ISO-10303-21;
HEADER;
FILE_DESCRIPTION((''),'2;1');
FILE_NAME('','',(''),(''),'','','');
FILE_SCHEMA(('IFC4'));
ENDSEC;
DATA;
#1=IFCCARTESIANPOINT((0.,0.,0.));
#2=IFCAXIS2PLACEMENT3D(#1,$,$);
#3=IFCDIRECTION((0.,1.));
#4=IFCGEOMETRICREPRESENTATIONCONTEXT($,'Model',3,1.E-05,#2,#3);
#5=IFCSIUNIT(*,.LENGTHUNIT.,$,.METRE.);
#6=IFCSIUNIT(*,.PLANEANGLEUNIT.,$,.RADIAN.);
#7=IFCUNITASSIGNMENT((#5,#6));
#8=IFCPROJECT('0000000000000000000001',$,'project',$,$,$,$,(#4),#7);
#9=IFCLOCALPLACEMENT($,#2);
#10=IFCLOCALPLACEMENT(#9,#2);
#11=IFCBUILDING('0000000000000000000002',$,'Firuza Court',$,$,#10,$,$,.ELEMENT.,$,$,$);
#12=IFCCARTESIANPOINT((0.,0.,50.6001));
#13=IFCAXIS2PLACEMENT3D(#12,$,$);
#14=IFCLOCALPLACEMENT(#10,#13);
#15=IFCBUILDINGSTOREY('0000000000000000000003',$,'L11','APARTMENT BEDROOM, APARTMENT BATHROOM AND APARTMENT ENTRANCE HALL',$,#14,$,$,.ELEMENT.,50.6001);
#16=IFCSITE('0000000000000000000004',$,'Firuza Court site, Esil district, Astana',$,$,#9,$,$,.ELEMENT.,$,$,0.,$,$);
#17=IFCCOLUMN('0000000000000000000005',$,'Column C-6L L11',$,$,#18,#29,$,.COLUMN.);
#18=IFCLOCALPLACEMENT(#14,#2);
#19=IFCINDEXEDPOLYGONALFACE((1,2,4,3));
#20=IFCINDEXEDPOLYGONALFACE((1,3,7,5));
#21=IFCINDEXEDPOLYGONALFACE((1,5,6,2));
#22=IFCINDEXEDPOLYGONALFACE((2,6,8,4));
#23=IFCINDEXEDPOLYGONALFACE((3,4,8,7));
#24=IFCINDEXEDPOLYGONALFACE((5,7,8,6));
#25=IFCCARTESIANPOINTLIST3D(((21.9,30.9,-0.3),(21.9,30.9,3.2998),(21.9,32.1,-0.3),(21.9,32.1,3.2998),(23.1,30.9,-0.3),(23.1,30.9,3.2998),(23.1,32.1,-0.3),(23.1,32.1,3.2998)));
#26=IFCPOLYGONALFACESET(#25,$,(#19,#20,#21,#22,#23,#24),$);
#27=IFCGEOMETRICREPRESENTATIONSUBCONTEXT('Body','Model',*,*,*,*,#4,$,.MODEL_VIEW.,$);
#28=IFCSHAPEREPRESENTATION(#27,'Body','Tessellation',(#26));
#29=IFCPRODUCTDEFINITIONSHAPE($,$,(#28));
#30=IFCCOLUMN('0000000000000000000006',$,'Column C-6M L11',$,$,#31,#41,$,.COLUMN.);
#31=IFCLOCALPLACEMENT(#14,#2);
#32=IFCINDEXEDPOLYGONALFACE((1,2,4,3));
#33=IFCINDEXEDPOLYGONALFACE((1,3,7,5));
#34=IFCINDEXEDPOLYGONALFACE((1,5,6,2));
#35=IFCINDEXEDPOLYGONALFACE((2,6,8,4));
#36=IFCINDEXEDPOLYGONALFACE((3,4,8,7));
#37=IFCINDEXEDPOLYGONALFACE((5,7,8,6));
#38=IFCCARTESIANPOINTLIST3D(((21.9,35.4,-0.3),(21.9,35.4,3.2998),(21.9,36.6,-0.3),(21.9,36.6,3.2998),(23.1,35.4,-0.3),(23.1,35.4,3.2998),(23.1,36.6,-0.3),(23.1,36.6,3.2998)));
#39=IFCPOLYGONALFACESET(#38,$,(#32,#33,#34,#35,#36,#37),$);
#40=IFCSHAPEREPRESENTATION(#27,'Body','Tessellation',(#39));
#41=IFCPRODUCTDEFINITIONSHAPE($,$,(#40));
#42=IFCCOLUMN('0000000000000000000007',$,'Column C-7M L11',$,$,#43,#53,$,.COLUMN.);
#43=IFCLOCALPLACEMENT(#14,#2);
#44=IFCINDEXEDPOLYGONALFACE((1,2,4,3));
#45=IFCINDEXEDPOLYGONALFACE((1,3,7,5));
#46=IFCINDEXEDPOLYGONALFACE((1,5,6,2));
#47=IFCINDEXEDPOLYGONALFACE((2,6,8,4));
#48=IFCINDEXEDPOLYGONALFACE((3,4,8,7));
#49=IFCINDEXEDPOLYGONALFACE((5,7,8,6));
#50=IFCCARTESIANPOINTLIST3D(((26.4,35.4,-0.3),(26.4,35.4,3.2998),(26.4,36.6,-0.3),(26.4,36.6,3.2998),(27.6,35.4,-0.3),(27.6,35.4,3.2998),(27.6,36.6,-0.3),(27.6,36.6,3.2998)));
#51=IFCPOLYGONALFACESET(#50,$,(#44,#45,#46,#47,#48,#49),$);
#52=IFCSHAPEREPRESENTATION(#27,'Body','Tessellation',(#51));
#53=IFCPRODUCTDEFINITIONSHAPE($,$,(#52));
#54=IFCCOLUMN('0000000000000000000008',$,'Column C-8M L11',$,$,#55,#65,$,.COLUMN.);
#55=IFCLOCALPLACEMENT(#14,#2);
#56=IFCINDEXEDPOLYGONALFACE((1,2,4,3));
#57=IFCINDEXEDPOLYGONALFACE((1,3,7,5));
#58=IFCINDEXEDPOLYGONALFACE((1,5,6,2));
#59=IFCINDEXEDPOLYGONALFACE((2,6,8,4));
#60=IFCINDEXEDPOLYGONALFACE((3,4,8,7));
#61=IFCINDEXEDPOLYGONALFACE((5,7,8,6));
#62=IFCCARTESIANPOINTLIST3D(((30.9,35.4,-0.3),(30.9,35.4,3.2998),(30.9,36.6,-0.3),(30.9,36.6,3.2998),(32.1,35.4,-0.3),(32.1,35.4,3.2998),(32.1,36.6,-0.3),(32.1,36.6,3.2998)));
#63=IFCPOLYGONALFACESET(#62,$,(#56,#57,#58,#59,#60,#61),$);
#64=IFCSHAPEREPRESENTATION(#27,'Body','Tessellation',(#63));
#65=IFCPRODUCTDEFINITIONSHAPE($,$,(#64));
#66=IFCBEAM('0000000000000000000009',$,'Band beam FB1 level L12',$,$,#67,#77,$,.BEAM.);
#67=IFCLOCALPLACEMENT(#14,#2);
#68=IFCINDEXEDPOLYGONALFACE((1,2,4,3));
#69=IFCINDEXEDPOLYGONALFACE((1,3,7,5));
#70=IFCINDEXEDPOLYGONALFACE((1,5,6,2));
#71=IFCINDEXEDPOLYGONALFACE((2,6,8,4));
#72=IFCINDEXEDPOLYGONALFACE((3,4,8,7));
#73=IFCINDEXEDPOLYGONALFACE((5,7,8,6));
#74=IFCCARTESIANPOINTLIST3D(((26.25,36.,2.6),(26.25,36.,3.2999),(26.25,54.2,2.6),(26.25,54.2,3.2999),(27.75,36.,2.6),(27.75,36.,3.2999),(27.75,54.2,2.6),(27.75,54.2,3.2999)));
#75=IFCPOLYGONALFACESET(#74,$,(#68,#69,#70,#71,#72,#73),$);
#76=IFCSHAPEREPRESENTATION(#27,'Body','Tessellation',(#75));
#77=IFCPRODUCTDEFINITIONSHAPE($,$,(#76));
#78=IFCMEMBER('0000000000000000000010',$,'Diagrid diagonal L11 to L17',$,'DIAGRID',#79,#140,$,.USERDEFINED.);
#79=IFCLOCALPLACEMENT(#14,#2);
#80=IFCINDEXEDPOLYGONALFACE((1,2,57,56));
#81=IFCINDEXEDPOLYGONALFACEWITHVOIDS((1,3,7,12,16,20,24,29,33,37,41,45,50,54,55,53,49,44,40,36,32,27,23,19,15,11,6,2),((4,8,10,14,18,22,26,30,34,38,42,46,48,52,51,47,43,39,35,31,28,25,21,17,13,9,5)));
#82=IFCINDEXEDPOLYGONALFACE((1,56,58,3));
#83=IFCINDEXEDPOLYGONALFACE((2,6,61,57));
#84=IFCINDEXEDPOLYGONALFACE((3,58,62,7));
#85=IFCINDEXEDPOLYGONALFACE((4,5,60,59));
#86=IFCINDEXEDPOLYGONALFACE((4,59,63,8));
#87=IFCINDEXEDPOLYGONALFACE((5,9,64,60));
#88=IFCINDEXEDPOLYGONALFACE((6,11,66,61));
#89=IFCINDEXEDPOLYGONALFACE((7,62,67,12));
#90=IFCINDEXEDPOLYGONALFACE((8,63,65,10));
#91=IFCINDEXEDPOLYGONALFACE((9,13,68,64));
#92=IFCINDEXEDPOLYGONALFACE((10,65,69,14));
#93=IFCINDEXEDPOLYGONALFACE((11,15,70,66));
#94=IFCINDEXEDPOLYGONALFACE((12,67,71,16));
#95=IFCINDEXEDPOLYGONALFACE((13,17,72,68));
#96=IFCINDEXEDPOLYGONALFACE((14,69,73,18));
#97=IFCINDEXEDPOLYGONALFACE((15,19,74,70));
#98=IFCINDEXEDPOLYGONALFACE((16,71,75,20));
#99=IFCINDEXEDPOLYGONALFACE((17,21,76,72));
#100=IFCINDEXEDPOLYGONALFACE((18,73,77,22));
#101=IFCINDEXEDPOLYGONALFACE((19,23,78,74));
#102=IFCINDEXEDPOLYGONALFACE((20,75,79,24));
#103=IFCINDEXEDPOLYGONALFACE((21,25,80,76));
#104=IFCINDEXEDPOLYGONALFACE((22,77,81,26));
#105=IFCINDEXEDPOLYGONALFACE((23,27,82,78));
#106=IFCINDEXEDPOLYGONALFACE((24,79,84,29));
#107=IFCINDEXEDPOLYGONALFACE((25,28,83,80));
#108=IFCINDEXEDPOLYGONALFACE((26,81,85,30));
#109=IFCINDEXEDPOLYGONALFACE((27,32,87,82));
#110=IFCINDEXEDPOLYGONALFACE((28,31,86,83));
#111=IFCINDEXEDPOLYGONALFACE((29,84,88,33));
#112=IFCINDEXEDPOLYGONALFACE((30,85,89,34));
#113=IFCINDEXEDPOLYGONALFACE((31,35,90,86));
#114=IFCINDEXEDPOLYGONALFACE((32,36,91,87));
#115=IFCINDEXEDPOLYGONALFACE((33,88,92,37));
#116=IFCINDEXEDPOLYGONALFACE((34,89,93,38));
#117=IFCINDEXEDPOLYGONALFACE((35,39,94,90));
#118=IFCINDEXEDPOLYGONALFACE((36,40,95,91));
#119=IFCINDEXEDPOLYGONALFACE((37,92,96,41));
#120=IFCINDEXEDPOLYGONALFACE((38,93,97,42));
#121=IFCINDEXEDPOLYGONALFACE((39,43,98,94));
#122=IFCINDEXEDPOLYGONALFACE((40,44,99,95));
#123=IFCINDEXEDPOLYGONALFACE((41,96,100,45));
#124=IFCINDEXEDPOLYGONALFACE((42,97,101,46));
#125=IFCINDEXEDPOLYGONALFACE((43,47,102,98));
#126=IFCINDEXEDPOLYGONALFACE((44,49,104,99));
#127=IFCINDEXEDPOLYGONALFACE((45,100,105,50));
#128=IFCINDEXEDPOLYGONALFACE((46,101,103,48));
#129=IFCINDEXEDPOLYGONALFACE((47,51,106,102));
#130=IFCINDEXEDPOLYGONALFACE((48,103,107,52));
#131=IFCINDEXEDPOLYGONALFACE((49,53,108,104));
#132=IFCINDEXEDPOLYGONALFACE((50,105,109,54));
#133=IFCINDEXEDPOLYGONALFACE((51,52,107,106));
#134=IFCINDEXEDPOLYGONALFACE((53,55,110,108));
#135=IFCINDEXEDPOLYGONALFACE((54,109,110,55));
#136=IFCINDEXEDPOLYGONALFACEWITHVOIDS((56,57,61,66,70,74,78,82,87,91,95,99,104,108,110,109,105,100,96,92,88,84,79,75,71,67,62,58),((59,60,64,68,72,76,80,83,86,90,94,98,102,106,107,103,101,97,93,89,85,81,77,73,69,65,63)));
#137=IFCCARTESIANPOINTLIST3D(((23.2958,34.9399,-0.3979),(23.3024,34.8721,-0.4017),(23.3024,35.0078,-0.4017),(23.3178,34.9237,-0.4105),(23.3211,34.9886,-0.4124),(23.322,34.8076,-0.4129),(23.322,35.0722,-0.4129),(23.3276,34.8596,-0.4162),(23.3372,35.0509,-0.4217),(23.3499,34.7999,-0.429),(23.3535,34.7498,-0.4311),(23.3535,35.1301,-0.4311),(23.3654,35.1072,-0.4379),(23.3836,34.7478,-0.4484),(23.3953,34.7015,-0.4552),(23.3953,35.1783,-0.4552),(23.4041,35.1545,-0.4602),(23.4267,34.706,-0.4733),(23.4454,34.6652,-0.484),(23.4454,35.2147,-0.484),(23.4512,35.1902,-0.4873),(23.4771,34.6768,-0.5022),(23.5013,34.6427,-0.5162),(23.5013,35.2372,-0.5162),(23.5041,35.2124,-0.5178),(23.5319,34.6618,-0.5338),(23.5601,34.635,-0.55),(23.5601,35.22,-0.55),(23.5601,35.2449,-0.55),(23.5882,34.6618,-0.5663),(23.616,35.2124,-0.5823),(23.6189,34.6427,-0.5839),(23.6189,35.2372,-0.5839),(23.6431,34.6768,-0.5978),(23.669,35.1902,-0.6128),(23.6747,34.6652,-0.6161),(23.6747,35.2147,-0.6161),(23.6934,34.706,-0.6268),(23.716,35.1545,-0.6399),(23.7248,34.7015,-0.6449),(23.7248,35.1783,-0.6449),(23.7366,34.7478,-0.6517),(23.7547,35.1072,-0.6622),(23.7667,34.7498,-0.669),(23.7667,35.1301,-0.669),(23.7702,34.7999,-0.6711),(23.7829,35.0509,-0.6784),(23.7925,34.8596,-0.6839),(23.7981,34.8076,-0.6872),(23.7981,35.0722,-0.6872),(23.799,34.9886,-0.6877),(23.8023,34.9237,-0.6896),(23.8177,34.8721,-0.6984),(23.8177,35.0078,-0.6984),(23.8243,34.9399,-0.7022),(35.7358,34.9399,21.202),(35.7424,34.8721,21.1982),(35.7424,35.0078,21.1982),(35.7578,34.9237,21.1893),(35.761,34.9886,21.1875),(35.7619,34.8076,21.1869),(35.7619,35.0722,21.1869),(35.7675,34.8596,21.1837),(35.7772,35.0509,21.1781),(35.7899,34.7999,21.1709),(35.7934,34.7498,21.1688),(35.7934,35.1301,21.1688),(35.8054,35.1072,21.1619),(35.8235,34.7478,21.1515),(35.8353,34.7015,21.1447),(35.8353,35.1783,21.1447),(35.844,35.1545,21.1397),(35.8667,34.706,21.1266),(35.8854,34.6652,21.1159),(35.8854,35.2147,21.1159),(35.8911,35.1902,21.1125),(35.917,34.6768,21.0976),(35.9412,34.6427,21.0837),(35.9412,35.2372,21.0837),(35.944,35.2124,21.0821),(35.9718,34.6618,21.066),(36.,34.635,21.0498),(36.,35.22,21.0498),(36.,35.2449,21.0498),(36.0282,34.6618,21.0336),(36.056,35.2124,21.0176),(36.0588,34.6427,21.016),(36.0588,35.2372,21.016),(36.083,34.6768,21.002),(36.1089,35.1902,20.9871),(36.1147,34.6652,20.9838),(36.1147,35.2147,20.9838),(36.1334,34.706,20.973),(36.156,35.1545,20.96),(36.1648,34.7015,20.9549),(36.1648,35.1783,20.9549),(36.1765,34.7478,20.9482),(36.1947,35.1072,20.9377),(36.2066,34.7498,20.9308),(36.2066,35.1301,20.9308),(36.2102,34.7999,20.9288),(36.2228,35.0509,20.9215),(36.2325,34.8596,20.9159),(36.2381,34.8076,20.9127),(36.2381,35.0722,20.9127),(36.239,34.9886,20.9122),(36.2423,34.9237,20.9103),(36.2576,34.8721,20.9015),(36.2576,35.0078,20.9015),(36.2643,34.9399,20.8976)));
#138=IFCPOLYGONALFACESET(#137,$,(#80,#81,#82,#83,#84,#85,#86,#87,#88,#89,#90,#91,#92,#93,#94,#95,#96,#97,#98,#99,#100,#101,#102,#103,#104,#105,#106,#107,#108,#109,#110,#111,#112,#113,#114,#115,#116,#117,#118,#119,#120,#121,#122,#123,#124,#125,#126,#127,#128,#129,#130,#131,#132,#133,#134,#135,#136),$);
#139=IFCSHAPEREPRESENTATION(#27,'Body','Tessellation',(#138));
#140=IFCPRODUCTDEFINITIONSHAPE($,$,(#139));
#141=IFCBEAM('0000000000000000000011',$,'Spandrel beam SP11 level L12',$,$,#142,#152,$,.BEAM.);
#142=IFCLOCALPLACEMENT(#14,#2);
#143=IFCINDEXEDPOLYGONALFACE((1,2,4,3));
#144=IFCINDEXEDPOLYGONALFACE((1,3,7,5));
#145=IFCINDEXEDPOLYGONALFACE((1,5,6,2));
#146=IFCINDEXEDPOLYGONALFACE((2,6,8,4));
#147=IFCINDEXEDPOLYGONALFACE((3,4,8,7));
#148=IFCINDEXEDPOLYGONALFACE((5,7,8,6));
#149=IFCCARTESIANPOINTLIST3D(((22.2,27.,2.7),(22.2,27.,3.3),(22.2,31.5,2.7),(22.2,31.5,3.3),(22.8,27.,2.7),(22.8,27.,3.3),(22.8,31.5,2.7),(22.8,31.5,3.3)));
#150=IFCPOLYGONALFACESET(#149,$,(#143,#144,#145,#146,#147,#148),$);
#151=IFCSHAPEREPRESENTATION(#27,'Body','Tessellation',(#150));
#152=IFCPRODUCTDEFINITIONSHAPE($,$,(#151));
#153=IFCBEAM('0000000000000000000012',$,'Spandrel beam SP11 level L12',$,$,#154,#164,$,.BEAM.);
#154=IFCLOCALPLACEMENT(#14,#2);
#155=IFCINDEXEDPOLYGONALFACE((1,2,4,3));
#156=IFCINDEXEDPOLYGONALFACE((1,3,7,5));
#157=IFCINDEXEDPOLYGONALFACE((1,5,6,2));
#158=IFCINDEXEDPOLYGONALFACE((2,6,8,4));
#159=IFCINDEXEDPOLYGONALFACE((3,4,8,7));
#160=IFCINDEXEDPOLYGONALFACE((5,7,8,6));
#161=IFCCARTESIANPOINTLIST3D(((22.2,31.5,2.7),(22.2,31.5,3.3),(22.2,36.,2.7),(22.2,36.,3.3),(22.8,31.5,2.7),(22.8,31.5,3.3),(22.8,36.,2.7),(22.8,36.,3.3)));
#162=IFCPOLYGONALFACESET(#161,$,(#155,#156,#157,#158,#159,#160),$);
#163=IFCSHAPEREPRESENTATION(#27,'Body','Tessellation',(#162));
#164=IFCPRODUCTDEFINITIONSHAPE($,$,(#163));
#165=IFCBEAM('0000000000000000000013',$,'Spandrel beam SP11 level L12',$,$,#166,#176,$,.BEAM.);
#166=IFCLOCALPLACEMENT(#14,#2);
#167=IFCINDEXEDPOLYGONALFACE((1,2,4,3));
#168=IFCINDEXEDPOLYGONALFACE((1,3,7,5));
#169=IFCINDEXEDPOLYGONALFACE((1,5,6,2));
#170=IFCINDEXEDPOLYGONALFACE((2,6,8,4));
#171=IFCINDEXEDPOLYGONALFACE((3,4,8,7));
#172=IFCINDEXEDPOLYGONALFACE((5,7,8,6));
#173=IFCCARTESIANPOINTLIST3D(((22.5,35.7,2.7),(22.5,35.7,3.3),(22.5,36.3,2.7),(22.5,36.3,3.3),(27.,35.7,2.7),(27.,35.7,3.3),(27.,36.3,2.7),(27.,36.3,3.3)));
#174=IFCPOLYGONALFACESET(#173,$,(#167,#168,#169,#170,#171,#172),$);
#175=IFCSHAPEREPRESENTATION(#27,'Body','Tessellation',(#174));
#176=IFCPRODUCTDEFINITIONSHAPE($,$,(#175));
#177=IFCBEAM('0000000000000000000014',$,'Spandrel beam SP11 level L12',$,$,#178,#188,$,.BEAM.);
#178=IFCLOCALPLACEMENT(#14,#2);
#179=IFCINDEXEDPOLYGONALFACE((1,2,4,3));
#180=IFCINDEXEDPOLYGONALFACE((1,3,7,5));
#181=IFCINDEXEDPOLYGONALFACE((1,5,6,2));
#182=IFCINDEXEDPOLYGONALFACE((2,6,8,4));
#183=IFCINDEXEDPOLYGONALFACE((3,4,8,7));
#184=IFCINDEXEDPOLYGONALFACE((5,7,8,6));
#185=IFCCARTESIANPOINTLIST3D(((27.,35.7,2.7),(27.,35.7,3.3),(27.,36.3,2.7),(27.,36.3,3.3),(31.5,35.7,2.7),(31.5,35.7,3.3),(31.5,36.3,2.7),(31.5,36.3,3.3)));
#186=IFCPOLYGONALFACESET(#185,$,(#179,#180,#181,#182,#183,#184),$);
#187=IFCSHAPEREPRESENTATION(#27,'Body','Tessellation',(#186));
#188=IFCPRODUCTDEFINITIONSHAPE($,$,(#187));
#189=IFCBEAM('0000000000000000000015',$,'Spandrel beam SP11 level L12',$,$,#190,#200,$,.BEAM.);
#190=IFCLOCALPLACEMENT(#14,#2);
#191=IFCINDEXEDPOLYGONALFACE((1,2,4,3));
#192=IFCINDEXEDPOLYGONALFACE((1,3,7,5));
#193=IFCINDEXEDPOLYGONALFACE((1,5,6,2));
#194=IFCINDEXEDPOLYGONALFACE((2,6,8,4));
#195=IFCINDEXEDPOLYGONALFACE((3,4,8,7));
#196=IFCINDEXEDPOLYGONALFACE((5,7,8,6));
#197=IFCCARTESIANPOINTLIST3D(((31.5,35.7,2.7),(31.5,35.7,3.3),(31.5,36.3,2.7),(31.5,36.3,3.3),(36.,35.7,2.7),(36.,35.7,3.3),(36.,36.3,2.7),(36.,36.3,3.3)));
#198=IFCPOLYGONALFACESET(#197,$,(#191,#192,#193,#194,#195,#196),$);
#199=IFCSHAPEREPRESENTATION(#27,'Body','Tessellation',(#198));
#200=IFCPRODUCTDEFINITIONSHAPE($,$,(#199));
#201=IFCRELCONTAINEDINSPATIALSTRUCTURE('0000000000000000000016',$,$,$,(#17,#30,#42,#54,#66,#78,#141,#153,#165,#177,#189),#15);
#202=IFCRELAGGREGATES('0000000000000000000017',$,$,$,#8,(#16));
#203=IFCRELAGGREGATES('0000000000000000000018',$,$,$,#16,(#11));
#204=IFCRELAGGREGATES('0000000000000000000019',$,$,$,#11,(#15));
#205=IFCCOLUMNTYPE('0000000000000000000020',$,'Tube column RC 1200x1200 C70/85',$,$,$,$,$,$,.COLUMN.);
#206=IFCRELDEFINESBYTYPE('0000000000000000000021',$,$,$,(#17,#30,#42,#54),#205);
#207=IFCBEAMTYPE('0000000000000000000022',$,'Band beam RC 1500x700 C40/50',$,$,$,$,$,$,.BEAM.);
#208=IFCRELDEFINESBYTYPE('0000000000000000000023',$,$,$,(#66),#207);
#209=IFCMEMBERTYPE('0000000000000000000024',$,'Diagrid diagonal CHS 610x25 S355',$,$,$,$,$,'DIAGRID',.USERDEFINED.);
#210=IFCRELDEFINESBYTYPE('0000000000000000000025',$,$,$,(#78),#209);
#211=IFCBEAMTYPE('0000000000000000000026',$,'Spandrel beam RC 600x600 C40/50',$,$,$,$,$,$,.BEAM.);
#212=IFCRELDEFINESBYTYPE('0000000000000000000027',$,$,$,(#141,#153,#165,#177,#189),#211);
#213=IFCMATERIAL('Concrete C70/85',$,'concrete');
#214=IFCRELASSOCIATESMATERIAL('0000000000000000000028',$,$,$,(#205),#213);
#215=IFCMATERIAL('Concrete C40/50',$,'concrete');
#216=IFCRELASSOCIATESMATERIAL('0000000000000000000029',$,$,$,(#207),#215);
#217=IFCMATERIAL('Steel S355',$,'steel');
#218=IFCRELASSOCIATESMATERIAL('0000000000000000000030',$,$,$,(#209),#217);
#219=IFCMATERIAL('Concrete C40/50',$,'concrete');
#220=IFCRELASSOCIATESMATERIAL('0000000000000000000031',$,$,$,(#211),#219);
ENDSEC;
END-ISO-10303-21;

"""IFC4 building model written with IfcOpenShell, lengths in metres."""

from ifc_helpers import new_model, si_unit, direction, frame, origin, origin_2d, place, context, subcontext, project, spatial, rectangle, hollow_circle, extrude, material, material_profile, profile_set, type_object, element, save


model = new_model("IFC4")

# Units and contexts
model_context = context("Model", 3, precision=1e-05, world=origin(), true_north=direction((0.0, 1.0)))
body_context = subcontext(model_context, "Body", "Model", "MODEL_VIEW")
ifc_project = project(units=[si_unit("LENGTHUNIT", "METRE"), si_unit("PLANEANGLEUNIT", "RADIAN")], contexts=[model_context])

# Site, building, storey
site_placement = place(None, origin())
site = spatial("IfcSite", under=ifc_project, at=site_placement, Name="Firuza Court site, Esil district, Astana", CompositionType="ELEMENT", RefElevation=0.0)
building_placement = place(site_placement, origin())
building = spatial("IfcBuilding", under=site, at=building_placement, Name="Firuza Court", CompositionType="ELEMENT")
storey_placement = place(building_placement, frame((0.0, 0.0, 50.6001)))
storey = spatial("IfcBuildingStorey", under=building, at=storey_placement, Name="L11", Description="APARTMENT BEDROOM, APARTMENT BATHROOM AND APARTMENT ENTRANCE HALL", CompositionType="ELEMENT", Elevation=50.6001)

# Columns
ifc_material_1 = material(Name="Concrete C70/85", Category="concrete")
ifc_material_profile_1 = material_profile(ifc_material_1, rectangle(XDim=1.2, YDim=1.2, at=origin_2d()), Name="RC 1200x1200")
ifc_profile_set_1 = profile_set([ifc_material_profile_1], Name="Concrete C70/85")
column_type = type_object("IfcColumnType", Name="Tube column RC 1200x1200 C70/85", PredefinedType="COLUMN", material=ifc_profile_set_1)
for number, where, z_axis, x_axis, name in (
    (1, (22.5, 31.5, -0.3), (0.0, 0.0, 1.0), (1.0, 0.0, 0.0), "Column C-6L L11"),
    (2, (22.5, 36.0, -0.3), (0.0, 0.0, 1.0), (1.0, 0.0, 0.0), "Column C-6M L11"),
    (3, (27.0, 36.0, -0.3), (0.0, 0.0, 1.0), (1.0, 0.0, 0.0), "Column C-7M L11"),
    (4, (31.5, 36.0, -0.3), (0.0, 0.0, 1.0), (1.0, 0.0, 0.0), "Column C-8M L11"),
):
    element("IfcColumn", number, at=place(storey_placement, frame(where, z_axis=z_axis, x_axis=x_axis)), inside=storey, type_object=column_type, Name=name, PredefinedType="COLUMN", context=body_context, shape_type="SweptSolid", body=[
        extrude(rectangle(XDim=1.2, YDim=1.2, at=origin_2d()), origin(), (0.0, 0.0, 1.0), 3.5999),
    ])

# Beam
ifc_material_2 = material(Name="Concrete C40/50", Category="concrete")
ifc_material_profile_2 = material_profile(ifc_material_2, rectangle(XDim=1.5, YDim=0.7, at=origin_2d()), Name="RC 1500x700")
ifc_profile_set_2 = profile_set([ifc_material_profile_2], Name="Concrete C40/50")
beam_type_1 = type_object("IfcBeamType", Name="Band beam RC 1500x700 C40/50", PredefinedType="BEAM", material=ifc_profile_set_2)
beam_placement = place(storey_placement, frame((27.0, 36.0, 2.95), z_axis=(0.0, 1.0, 0.0), x_axis=(-1.0, 0.0, 0.0)))
element("IfcBeam", 5, at=beam_placement, inside=storey, type_object=beam_type_1, Name="Band beam FB1 level L12", PredefinedType="BEAM", context=body_context, shape_type="SweptSolid", body=[
    extrude(rectangle(XDim=1.5, YDim=0.7, at=origin_2d()), origin(), (0.0, 0.0, 1.0), 18.2),
])

# Member
ifc_material_3 = material(Name="Steel S355", Category="steel")
ifc_material_profile_3 = material_profile(ifc_material_3, hollow_circle(Radius=0.3049, WallThickness=0.0249, at=origin_2d()), Name="CHS 610x25")
ifc_profile_set_3 = profile_set([ifc_material_profile_3], Name="Steel S355")
member_type = type_object("IfcMemberType", Name="Diagrid diagonal CHS 610x25 S355", ElementType="DIAGRID", PredefinedType="USERDEFINED", material=ifc_profile_set_3)
member_placement = place(storey_placement, frame((23.5601, 34.9399, -0.55), z_axis=(0.499075, 0.0, 0.866559), x_axis=(0.0, 1.0, 0.0)))
element("IfcMember", 6, at=member_placement, inside=storey, type_object=member_type, Name="Diagrid diagonal L11 to L17", ObjectType="DIAGRID", PredefinedType="USERDEFINED", context=body_context, shape_type="SweptSolid", body=[
    extrude(hollow_circle(Radius=0.3049, WallThickness=0.0249, at=origin_2d()), origin(), (0.0, 0.0, 1.0), 24.926),
])

# Beams
ifc_material_4 = material(Name="Concrete C40/50", Category="concrete")
ifc_material_profile_4 = material_profile(ifc_material_4, rectangle(XDim=0.6001, YDim=0.6001, at=origin_2d()), Name="RC 600x600")
ifc_profile_set_4 = profile_set([ifc_material_profile_4], Name="Concrete C40/50")
beam_type_2 = type_object("IfcBeamType", Name="Spandrel beam RC 600x600 C40/50", PredefinedType="BEAM", material=ifc_profile_set_4)
for number, where, z_axis, x_axis, name in (
    (7, (22.5, 27.0, 3.0), (0.0, 1.0, 0.0), (-1.0, 0.0, 0.0), "Spandrel beam SP11 level L12"),
    (8, (22.5, 31.5, 3.0), (0.0, 1.0, 0.0), (-1.0, 0.0, 0.0), "Spandrel beam SP11 level L12"),
    (9, (22.5, 36.0, 3.0), (1.0, 0.0, 0.0), (0.0, 1.0, 0.0), "Spandrel beam SP11 level L12"),
    (10, (27.0, 36.0, 3.0), (1.0, 0.0, 0.0), (0.0, 1.0, 0.0), "Spandrel beam SP11 level L12"),
    (11, (31.5, 36.0, 3.0), (1.0, 0.0, 0.0), (0.0, 1.0, 0.0), "Spandrel beam SP11 level L12"),
):
    element("IfcBeam", number, at=place(storey_placement, frame(where, z_axis=z_axis, x_axis=x_axis)), inside=storey, type_object=beam_type_2, Name=name, PredefinedType="BEAM", context=body_context, shape_type="SweptSolid", body=[
        extrude(rectangle(XDim=0.6001, YDim=0.6001, at=origin_2d()), origin(), (0.0, 0.0, 1.0), 4.5),
    ])

save(model, "model.ifc")
